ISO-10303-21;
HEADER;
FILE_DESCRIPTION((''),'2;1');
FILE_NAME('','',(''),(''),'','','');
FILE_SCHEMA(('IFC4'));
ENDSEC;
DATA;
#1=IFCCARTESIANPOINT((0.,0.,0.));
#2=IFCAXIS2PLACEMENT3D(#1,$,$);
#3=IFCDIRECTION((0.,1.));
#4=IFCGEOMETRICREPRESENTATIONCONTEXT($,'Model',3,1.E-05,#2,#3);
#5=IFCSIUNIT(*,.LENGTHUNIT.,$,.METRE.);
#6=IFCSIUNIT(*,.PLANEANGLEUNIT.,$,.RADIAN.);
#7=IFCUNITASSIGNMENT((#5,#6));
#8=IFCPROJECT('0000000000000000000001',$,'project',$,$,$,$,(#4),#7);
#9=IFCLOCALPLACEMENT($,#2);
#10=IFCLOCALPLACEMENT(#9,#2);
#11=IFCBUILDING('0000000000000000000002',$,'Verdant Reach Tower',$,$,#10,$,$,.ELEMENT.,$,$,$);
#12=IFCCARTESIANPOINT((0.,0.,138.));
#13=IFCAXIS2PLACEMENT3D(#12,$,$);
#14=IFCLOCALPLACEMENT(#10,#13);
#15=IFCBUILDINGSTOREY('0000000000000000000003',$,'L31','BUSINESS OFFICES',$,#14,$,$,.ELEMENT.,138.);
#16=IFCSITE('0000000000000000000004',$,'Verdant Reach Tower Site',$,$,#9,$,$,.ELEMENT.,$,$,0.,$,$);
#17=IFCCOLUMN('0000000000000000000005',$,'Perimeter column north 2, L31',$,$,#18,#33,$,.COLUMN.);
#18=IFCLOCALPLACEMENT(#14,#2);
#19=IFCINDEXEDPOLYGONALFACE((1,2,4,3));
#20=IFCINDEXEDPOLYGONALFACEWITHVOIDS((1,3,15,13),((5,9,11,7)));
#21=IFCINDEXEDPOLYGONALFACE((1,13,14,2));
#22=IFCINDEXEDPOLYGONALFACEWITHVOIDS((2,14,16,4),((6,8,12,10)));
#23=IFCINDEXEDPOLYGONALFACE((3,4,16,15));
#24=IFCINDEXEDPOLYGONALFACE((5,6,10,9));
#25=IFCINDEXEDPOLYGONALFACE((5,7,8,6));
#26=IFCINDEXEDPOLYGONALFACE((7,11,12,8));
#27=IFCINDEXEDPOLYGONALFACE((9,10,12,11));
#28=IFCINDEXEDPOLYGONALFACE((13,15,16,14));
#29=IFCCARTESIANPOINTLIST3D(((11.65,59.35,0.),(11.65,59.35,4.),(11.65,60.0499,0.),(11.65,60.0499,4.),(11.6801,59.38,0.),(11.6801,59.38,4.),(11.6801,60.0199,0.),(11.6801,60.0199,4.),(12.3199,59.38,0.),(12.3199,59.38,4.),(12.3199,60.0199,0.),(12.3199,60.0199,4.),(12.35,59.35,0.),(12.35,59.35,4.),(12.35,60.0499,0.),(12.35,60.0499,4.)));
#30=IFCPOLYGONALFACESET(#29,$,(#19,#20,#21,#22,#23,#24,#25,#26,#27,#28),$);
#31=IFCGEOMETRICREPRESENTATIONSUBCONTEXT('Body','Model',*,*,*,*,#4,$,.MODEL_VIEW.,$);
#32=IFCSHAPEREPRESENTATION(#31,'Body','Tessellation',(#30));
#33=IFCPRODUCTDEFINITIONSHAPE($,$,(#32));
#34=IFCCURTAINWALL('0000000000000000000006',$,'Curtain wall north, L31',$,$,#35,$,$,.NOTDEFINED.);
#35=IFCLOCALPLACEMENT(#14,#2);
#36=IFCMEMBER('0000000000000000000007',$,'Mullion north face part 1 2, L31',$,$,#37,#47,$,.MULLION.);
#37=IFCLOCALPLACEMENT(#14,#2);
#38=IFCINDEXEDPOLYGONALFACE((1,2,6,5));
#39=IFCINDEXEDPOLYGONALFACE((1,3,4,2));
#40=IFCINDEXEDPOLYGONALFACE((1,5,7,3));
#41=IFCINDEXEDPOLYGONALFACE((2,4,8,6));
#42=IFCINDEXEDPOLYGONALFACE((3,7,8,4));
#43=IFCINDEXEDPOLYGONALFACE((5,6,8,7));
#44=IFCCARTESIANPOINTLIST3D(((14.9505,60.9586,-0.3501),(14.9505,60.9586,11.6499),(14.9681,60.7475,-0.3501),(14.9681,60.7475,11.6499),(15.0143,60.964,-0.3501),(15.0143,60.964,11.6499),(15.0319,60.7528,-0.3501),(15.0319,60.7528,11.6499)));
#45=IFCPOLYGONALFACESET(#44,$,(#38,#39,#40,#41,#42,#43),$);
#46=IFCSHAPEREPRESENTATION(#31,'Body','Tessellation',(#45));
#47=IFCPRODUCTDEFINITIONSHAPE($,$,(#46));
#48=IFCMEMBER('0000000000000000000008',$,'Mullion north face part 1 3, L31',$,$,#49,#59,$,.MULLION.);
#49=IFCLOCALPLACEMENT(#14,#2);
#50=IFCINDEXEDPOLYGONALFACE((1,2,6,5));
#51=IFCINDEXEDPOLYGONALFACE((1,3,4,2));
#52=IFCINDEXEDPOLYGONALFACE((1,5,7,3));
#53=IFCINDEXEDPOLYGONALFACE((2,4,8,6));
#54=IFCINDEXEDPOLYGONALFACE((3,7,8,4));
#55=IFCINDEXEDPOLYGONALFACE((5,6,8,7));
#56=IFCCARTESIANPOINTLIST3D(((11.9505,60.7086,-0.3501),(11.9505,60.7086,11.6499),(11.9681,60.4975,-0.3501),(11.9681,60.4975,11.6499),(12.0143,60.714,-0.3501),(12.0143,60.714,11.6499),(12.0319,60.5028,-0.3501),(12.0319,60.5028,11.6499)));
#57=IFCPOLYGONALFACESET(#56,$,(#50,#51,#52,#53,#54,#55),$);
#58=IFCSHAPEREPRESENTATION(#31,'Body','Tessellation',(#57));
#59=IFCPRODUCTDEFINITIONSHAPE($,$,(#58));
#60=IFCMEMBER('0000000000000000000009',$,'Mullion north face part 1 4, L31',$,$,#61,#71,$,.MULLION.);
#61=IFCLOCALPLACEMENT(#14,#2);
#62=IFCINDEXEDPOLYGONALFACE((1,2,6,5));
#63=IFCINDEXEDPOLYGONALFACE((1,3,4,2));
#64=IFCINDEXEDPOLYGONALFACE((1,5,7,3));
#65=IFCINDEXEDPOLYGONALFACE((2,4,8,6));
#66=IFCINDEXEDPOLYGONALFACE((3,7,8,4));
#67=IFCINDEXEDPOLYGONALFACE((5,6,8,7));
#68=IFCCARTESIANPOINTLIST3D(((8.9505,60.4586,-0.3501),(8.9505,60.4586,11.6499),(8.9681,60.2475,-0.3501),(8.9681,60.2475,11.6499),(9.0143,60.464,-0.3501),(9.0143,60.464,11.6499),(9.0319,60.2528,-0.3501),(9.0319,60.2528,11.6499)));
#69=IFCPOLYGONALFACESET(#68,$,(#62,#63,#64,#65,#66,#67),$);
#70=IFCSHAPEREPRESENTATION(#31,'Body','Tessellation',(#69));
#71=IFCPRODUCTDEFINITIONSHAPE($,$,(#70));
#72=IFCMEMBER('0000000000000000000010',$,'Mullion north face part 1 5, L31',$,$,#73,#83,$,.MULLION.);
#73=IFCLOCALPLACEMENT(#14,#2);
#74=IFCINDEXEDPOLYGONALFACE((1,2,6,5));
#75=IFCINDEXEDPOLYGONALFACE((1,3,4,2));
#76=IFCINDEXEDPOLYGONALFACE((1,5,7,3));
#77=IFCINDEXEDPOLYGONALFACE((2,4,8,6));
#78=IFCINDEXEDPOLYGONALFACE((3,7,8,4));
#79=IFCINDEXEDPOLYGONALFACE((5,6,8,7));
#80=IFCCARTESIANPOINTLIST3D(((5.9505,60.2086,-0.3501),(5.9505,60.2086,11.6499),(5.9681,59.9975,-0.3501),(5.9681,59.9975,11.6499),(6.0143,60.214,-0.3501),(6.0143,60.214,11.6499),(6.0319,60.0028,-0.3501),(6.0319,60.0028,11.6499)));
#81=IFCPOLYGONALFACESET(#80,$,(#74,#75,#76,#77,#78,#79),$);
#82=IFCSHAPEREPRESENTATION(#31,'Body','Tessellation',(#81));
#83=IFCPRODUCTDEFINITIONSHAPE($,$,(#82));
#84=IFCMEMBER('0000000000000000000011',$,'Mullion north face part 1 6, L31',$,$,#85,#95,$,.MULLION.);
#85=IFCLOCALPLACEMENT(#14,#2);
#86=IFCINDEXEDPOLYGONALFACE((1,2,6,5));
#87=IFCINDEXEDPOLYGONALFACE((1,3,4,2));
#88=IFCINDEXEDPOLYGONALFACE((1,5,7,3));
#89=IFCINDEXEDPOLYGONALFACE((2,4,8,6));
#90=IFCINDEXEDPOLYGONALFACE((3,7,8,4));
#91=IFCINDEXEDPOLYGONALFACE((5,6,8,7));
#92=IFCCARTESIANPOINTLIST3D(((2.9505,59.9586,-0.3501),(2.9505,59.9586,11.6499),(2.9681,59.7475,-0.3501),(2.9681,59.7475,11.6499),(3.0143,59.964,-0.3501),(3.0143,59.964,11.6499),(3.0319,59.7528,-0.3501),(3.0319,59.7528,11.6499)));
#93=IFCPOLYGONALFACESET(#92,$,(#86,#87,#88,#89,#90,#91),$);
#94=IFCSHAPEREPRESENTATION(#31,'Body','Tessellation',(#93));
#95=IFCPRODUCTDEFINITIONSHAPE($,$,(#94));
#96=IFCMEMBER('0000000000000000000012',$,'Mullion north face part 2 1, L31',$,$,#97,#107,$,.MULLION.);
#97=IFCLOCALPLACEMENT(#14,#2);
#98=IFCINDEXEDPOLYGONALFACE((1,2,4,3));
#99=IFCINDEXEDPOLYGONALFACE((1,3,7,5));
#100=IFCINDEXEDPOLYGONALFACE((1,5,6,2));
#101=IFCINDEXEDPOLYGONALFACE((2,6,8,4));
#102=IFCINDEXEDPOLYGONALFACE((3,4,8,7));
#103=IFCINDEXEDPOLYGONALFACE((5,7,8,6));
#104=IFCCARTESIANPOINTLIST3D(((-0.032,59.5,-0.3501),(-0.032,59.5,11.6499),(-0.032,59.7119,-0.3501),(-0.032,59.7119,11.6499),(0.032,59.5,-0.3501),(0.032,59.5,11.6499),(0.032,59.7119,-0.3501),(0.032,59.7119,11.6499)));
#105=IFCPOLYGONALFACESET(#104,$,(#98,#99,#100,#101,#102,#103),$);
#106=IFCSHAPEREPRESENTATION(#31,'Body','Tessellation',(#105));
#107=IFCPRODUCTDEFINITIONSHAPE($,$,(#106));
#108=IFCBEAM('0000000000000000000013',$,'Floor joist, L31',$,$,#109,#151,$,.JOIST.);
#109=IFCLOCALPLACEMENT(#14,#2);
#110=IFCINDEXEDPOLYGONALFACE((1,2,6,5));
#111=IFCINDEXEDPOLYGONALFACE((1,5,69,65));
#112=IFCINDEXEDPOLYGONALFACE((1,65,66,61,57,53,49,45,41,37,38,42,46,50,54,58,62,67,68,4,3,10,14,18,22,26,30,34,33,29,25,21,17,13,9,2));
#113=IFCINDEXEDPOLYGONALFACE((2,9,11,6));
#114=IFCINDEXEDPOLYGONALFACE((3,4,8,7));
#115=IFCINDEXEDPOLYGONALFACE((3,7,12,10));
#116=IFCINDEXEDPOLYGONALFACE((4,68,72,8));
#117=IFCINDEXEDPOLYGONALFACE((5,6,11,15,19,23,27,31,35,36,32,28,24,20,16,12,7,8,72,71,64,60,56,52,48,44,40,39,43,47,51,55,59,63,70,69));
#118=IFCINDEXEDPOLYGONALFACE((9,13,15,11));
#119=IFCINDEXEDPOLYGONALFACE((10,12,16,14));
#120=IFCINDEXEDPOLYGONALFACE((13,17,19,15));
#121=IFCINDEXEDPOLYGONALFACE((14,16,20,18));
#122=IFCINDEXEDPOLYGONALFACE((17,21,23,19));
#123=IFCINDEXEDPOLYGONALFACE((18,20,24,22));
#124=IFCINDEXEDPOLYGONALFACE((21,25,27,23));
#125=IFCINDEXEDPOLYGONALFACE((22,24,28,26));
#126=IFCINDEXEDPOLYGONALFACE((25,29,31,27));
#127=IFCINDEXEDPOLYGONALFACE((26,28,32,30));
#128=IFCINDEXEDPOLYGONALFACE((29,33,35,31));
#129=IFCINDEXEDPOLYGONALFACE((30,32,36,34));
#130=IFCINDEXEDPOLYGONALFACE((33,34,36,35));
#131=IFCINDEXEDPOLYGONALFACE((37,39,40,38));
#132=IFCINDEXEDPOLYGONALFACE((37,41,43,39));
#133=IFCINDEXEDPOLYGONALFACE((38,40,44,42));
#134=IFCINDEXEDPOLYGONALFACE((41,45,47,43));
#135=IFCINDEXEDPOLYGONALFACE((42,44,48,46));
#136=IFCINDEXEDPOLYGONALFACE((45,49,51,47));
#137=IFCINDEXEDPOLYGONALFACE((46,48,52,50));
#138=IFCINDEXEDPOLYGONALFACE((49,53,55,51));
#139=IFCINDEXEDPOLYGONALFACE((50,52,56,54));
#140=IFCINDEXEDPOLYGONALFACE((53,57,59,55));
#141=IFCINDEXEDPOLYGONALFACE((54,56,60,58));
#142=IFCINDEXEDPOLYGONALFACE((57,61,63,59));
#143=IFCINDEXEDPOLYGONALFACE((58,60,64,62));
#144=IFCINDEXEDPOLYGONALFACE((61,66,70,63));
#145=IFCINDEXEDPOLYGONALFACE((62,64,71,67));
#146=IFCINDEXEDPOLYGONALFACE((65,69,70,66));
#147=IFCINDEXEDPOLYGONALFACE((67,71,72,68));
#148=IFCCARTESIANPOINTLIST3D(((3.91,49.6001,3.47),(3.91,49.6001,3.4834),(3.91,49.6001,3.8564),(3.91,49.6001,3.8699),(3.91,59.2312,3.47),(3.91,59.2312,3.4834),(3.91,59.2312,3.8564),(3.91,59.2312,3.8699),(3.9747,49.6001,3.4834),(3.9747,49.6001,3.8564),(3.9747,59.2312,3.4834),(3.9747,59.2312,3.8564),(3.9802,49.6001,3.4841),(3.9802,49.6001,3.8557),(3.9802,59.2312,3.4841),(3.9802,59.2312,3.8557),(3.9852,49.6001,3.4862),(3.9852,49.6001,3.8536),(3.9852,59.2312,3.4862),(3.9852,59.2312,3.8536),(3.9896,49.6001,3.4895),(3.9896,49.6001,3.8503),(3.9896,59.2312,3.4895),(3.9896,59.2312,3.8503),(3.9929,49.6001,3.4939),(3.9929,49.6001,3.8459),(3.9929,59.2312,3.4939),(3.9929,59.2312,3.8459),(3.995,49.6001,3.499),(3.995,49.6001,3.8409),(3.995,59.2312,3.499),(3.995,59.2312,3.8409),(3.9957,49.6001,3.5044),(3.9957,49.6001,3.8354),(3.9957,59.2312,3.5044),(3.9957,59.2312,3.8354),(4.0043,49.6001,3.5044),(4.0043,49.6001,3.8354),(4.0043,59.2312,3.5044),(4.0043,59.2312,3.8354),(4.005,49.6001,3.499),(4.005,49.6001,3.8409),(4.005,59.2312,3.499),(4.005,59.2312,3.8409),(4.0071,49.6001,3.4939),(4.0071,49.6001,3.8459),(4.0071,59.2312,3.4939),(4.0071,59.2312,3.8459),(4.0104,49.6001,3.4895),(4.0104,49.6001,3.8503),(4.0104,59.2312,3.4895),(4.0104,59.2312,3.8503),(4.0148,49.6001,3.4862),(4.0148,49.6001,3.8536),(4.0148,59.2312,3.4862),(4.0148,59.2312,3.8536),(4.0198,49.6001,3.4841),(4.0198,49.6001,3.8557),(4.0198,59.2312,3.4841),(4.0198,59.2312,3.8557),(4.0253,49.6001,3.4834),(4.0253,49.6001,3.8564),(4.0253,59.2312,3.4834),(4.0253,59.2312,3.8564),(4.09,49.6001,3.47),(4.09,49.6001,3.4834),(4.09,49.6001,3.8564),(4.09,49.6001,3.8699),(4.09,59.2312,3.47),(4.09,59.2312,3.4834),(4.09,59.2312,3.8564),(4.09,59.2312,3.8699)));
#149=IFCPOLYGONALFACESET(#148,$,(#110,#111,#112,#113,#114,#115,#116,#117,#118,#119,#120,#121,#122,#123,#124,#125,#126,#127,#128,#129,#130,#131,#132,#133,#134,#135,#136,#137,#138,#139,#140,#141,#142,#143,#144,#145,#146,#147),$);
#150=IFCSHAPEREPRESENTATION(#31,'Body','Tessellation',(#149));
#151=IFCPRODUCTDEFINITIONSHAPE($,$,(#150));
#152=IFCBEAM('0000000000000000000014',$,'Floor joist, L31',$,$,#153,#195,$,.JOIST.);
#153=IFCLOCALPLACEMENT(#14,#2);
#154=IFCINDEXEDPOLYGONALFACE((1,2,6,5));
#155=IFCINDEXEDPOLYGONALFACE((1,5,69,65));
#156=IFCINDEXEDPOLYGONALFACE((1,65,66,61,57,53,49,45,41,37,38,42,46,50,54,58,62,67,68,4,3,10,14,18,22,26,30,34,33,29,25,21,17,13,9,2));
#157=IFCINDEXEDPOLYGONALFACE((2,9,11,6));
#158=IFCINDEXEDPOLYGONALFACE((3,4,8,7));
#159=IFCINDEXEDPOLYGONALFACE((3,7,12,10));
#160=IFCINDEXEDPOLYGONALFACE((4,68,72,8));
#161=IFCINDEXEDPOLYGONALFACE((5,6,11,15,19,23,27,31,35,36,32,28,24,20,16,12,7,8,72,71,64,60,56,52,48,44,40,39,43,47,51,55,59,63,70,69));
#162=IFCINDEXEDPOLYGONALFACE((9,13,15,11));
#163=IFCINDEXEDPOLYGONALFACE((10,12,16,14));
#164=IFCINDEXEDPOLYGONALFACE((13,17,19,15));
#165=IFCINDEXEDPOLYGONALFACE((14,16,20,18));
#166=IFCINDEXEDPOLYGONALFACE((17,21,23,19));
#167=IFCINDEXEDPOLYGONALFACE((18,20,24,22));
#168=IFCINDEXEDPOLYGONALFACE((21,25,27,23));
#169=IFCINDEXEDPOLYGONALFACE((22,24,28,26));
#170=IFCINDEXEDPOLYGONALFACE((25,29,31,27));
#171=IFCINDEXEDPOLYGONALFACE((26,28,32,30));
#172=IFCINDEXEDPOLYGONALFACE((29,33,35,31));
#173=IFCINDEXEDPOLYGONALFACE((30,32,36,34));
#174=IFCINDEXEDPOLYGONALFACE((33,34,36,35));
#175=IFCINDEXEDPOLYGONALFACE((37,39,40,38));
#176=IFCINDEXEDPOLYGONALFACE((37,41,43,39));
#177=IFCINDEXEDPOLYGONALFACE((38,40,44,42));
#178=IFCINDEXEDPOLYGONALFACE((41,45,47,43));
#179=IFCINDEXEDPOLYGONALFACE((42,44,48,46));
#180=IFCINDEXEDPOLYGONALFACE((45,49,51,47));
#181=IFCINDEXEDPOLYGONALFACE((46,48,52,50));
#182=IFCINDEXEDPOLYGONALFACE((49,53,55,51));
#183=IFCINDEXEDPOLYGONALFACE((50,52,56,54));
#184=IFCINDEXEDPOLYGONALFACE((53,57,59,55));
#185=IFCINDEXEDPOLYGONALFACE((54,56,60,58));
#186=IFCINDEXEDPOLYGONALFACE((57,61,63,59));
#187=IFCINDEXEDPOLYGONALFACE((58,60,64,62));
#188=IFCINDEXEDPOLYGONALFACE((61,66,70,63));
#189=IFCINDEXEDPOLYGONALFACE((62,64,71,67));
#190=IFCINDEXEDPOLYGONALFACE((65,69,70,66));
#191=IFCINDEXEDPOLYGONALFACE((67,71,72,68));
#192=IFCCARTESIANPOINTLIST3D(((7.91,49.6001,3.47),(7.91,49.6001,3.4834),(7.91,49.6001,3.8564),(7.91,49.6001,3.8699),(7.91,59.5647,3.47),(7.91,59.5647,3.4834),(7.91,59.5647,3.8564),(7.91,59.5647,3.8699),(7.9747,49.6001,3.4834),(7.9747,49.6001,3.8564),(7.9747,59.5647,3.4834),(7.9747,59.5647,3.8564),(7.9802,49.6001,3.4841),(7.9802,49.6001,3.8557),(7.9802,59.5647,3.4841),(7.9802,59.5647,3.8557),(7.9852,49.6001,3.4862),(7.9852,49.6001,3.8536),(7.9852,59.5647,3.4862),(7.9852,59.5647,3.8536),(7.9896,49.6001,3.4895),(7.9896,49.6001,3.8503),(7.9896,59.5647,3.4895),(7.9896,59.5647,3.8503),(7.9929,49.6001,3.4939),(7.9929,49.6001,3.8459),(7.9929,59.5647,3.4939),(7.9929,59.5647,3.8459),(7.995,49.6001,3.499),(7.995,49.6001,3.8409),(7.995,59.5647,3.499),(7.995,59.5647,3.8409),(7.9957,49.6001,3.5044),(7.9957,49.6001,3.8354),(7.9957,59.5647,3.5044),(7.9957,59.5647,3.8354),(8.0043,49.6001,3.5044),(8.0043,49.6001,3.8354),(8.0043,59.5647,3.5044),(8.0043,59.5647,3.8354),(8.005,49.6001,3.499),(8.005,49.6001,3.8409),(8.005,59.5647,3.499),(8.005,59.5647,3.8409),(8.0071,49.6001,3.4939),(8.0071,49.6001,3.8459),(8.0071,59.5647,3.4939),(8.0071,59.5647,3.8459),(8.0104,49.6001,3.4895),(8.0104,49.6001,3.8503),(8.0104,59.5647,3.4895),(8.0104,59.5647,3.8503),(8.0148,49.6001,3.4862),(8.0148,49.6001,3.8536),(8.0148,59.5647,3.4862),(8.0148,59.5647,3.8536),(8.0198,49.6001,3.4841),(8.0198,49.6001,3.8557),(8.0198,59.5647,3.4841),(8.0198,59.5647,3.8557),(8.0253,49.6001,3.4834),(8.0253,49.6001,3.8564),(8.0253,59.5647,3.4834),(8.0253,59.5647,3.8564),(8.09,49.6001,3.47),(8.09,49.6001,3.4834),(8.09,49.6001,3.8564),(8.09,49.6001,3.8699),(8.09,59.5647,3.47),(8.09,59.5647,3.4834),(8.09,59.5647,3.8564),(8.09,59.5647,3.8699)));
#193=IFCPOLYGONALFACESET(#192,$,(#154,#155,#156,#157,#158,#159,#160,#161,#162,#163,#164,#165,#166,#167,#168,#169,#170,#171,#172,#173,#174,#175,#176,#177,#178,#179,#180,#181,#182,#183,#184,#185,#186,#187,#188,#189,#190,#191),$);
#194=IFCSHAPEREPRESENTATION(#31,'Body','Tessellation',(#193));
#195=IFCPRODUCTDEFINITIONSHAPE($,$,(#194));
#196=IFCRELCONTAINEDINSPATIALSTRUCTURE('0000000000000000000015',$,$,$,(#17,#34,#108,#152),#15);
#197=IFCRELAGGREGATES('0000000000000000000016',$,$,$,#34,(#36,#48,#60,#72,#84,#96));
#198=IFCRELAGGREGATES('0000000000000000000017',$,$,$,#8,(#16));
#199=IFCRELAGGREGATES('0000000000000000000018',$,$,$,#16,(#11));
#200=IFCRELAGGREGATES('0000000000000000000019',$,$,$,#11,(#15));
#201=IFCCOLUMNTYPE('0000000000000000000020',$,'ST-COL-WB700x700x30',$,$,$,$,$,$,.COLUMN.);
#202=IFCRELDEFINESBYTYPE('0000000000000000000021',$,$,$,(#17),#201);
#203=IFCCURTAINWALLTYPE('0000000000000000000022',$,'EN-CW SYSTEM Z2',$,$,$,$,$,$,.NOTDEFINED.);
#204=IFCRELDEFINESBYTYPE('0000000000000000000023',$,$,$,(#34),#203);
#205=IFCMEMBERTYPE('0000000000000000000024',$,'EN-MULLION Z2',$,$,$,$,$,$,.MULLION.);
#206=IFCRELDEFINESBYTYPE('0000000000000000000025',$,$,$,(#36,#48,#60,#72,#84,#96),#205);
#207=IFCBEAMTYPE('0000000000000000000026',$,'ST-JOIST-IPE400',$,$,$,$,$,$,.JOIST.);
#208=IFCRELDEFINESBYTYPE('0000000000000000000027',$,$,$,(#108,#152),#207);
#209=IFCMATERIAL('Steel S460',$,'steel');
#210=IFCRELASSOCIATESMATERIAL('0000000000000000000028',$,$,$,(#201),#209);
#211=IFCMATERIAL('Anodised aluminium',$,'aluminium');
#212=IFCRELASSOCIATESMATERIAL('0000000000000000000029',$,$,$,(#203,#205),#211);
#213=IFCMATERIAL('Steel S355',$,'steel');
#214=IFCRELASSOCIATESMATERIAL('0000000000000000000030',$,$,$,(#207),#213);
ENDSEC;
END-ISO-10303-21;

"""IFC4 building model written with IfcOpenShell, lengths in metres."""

from ifc_helpers import new_model, si_unit, direction, frame, origin, origin_2d, place, context, subcontext, project, spatial, rectangle, hollow_rectangle, i_section, extrude, material, material_profile, profile_set, type_object, element, aggregate, save


model = new_model("IFC4")

# Units and contexts
model_context = context("Model", 3, precision=1e-05, world=origin(), true_north=direction((0.0, 1.0)))
body_context = subcontext(model_context, "Body", "Model", "MODEL_VIEW")
ifc_project = project(units=[si_unit("LENGTHUNIT", "METRE"), si_unit("PLANEANGLEUNIT", "RADIAN")], contexts=[model_context])

# Site, building, storey
site_placement = place(None, origin())
site = spatial("IfcSite", under=ifc_project, at=site_placement, Name="Verdant Reach Tower Site", CompositionType="ELEMENT", RefElevation=0.0)
building_placement = place(site_placement, origin())
building = spatial("IfcBuilding", under=site, at=building_placement, Name="Verdant Reach Tower", CompositionType="ELEMENT")
storey_placement = place(building_placement, frame((0.0, 0.0, 138.0)))
storey = spatial("IfcBuildingStorey", under=building, at=storey_placement, Name="L31", Description="BUSINESS OFFICES", CompositionType="ELEMENT", Elevation=138.0)

# Column
ifc_material_1 = material(Name="Steel S460", Category="steel")
ifc_material_profile_1 = material_profile(ifc_material_1, hollow_rectangle(XDim=0.7, YDim=0.7, WallThickness=0.03, at=origin_2d()), Name="WB 700x700x30")
ifc_profile_set_1 = profile_set([ifc_material_profile_1], Name="Steel S460")
column_type = type_object("IfcColumnType", Name="ST-COL-WB700x700x30", PredefinedType="COLUMN", material=ifc_profile_set_1)
column_placement = place(storey_placement, frame((12.0, 59.7, 0.0), z_axis=(0.0, 0.0, 1.0), x_axis=(1.0, 0.0, 0.0)))
element("IfcColumn", 1, at=column_placement, inside=storey, type_object=column_type, Name="Perimeter column north 2, L31", PredefinedType="COLUMN", context=body_context, shape_type="SweptSolid", body=[
    extrude(hollow_rectangle(XDim=0.7, YDim=0.7, WallThickness=0.03, at=origin_2d()), origin(), (0.0, 0.0, 1.0), 4.0),
])

# Curtain wall, members
ifc_material_2 = material(Name="Anodised aluminium", Category="aluminium")
curtain_wall_type = type_object("IfcCurtainWallType", Name="EN-CW SYSTEM Z2", PredefinedType="NOTDEFINED", material=ifc_material_2)
curtain_wall_placement = place(storey_placement, origin())
curtain_wall = element("IfcCurtainWall", 2, at=curtain_wall_placement, inside=storey, type_object=curtain_wall_type, Name="Curtain wall north, L31", PredefinedType="NOTDEFINED")
ifc_material_profile_2 = material_profile(ifc_material_2, rectangle(XDim=0.2119, YDim=0.064, at=origin_2d()), Name="Mullion 64x212")
ifc_profile_set_2 = profile_set([ifc_material_profile_2], Name="Anodised aluminium")
member_type = type_object("IfcMemberType", Name="EN-MULLION Z2", PredefinedType="MULLION", material=ifc_profile_set_2)
member_1_placement = place(storey_placement, frame((14.9912, 60.8557, -0.3501), z_axis=(0.0, 0.0, 1.0), x_axis=(-0.083045, 0.996546, 0.0)))
member_1 = element("IfcMember", 3, at=member_1_placement, type_object=member_type, Name="Mullion north face part 1 2, L31", PredefinedType="MULLION", context=body_context, shape_type="SweptSolid", body=[
    extrude(rectangle(XDim=0.2119, YDim=0.064, at=origin_2d()), origin(), (0.0, 0.0, 1.0), 12.0),
])
member_2_placement = place(storey_placement, frame((11.9912, 60.6057, -0.3501), z_axis=(0.0, 0.0, 1.0), x_axis=(-0.083045, 0.996546, 0.0)))
member_2 = element("IfcMember", 4, at=member_2_placement, type_object=member_type, Name="Mullion north face part 1 3, L31", PredefinedType="MULLION", context=body_context, shape_type="SweptSolid", body=[
    extrude(rectangle(XDim=0.2119, YDim=0.064, at=origin_2d()), origin(), (0.0, 0.0, 1.0), 12.0),
])
member_3_placement = place(storey_placement, frame((8.9912, 60.3557, -0.3501), z_axis=(0.0, 0.0, 1.0), x_axis=(-0.083045, 0.996546, 0.0)))
member_3 = element("IfcMember", 5, at=member_3_placement, type_object=member_type, Name="Mullion north face part 1 4, L31", PredefinedType="MULLION", context=body_context, shape_type="SweptSolid", body=[
    extrude(rectangle(XDim=0.2119, YDim=0.064, at=origin_2d()), origin(), (0.0, 0.0, 1.0), 12.0),
])
member_4_placement = place(storey_placement, frame((5.9912, 60.1057, -0.3501), z_axis=(0.0, 0.0, 1.0), x_axis=(-0.083045, 0.996546, 0.0)))
member_4 = element("IfcMember", 6, at=member_4_placement, type_object=member_type, Name="Mullion north face part 1 5, L31", PredefinedType="MULLION", context=body_context, shape_type="SweptSolid", body=[
    extrude(rectangle(XDim=0.2119, YDim=0.064, at=origin_2d()), origin(), (0.0, 0.0, 1.0), 12.0),
])
member_5_placement = place(storey_placement, frame((2.9912, 59.8557, -0.3501), z_axis=(0.0, 0.0, 1.0), x_axis=(-0.083045, 0.996546, 0.0)))
member_5 = element("IfcMember", 7, at=member_5_placement, type_object=member_type, Name="Mullion north face part 1 6, L31", PredefinedType="MULLION", context=body_context, shape_type="SweptSolid", body=[
    extrude(rectangle(XDim=0.2119, YDim=0.064, at=origin_2d()), origin(), (0.0, 0.0, 1.0), 12.0),
])
member_6_placement = place(storey_placement, frame((0.0, 59.606, -0.3501), z_axis=(0.0, 0.0, 1.0), x_axis=(0.0, 1.0, 0.0)))
member_6 = element("IfcMember", 8, at=member_6_placement, type_object=member_type, Name="Mullion north face part 2 1, L31", PredefinedType="MULLION", context=body_context, shape_type="SweptSolid", body=[
    extrude(rectangle(XDim=0.2119, YDim=0.064, at=origin_2d()), origin(), (0.0, 0.0, 1.0), 12.0),
])

# Beams
ifc_material_3 = material(Name="Steel S355", Category="steel")
ifc_material_profile_3 = material_profile(ifc_material_3, i_section(OverallWidth=0.1799, OverallDepth=0.3999, WebThickness=0.0085, FlangeThickness=0.0134, FilletRadius=0.021, at=origin_2d()), Name="IPE 400")
ifc_profile_set_3 = profile_set([ifc_material_profile_3], Name="Steel S355")
beam_type_1 = type_object("IfcBeamType", Name="ST-JOIST-IPE400", PredefinedType="JOIST", material=ifc_profile_set_3)
beam_1_placement = place(storey_placement, frame((4.0, 49.6001, 3.6699), z_axis=(0.0, 1.0, 0.0), x_axis=(-1.0, 0.0, 0.0)))
element("IfcBeam", 9, at=beam_1_placement, inside=storey, type_object=beam_type_1, Name="Floor joist, L31", PredefinedType="JOIST", context=body_context, shape_type="SweptSolid", body=[
    extrude(i_section(OverallWidth=0.1799, OverallDepth=0.3999, WebThickness=0.0085, FlangeThickness=0.0134, FilletRadius=0.021, at=origin_2d()), origin(), (0.0, 0.0, 1.0), 9.6311),
])
beam_2_placement = place(storey_placement, frame((8.0, 49.6001, 3.6699), z_axis=(0.0, 1.0, 0.0), x_axis=(-1.0, 0.0, 0.0)))
element("IfcBeam", 10, at=beam_2_placement, inside=storey, type_object=beam_type_1, Name="Floor joist, L31", PredefinedType="JOIST", context=body_context, shape_type="SweptSolid", body=[
    extrude(i_section(OverallWidth=0.1799, OverallDepth=0.3999, WebThickness=0.0085, FlangeThickness=0.0134, FilletRadius=0.021, at=origin_2d()), origin(), (0.0, 0.0, 1.0), 9.9646),
])

aggregate(curtain_wall, [member_1, member_2, member_3, member_4, member_5, member_6])

save(model, "model.ifc")
